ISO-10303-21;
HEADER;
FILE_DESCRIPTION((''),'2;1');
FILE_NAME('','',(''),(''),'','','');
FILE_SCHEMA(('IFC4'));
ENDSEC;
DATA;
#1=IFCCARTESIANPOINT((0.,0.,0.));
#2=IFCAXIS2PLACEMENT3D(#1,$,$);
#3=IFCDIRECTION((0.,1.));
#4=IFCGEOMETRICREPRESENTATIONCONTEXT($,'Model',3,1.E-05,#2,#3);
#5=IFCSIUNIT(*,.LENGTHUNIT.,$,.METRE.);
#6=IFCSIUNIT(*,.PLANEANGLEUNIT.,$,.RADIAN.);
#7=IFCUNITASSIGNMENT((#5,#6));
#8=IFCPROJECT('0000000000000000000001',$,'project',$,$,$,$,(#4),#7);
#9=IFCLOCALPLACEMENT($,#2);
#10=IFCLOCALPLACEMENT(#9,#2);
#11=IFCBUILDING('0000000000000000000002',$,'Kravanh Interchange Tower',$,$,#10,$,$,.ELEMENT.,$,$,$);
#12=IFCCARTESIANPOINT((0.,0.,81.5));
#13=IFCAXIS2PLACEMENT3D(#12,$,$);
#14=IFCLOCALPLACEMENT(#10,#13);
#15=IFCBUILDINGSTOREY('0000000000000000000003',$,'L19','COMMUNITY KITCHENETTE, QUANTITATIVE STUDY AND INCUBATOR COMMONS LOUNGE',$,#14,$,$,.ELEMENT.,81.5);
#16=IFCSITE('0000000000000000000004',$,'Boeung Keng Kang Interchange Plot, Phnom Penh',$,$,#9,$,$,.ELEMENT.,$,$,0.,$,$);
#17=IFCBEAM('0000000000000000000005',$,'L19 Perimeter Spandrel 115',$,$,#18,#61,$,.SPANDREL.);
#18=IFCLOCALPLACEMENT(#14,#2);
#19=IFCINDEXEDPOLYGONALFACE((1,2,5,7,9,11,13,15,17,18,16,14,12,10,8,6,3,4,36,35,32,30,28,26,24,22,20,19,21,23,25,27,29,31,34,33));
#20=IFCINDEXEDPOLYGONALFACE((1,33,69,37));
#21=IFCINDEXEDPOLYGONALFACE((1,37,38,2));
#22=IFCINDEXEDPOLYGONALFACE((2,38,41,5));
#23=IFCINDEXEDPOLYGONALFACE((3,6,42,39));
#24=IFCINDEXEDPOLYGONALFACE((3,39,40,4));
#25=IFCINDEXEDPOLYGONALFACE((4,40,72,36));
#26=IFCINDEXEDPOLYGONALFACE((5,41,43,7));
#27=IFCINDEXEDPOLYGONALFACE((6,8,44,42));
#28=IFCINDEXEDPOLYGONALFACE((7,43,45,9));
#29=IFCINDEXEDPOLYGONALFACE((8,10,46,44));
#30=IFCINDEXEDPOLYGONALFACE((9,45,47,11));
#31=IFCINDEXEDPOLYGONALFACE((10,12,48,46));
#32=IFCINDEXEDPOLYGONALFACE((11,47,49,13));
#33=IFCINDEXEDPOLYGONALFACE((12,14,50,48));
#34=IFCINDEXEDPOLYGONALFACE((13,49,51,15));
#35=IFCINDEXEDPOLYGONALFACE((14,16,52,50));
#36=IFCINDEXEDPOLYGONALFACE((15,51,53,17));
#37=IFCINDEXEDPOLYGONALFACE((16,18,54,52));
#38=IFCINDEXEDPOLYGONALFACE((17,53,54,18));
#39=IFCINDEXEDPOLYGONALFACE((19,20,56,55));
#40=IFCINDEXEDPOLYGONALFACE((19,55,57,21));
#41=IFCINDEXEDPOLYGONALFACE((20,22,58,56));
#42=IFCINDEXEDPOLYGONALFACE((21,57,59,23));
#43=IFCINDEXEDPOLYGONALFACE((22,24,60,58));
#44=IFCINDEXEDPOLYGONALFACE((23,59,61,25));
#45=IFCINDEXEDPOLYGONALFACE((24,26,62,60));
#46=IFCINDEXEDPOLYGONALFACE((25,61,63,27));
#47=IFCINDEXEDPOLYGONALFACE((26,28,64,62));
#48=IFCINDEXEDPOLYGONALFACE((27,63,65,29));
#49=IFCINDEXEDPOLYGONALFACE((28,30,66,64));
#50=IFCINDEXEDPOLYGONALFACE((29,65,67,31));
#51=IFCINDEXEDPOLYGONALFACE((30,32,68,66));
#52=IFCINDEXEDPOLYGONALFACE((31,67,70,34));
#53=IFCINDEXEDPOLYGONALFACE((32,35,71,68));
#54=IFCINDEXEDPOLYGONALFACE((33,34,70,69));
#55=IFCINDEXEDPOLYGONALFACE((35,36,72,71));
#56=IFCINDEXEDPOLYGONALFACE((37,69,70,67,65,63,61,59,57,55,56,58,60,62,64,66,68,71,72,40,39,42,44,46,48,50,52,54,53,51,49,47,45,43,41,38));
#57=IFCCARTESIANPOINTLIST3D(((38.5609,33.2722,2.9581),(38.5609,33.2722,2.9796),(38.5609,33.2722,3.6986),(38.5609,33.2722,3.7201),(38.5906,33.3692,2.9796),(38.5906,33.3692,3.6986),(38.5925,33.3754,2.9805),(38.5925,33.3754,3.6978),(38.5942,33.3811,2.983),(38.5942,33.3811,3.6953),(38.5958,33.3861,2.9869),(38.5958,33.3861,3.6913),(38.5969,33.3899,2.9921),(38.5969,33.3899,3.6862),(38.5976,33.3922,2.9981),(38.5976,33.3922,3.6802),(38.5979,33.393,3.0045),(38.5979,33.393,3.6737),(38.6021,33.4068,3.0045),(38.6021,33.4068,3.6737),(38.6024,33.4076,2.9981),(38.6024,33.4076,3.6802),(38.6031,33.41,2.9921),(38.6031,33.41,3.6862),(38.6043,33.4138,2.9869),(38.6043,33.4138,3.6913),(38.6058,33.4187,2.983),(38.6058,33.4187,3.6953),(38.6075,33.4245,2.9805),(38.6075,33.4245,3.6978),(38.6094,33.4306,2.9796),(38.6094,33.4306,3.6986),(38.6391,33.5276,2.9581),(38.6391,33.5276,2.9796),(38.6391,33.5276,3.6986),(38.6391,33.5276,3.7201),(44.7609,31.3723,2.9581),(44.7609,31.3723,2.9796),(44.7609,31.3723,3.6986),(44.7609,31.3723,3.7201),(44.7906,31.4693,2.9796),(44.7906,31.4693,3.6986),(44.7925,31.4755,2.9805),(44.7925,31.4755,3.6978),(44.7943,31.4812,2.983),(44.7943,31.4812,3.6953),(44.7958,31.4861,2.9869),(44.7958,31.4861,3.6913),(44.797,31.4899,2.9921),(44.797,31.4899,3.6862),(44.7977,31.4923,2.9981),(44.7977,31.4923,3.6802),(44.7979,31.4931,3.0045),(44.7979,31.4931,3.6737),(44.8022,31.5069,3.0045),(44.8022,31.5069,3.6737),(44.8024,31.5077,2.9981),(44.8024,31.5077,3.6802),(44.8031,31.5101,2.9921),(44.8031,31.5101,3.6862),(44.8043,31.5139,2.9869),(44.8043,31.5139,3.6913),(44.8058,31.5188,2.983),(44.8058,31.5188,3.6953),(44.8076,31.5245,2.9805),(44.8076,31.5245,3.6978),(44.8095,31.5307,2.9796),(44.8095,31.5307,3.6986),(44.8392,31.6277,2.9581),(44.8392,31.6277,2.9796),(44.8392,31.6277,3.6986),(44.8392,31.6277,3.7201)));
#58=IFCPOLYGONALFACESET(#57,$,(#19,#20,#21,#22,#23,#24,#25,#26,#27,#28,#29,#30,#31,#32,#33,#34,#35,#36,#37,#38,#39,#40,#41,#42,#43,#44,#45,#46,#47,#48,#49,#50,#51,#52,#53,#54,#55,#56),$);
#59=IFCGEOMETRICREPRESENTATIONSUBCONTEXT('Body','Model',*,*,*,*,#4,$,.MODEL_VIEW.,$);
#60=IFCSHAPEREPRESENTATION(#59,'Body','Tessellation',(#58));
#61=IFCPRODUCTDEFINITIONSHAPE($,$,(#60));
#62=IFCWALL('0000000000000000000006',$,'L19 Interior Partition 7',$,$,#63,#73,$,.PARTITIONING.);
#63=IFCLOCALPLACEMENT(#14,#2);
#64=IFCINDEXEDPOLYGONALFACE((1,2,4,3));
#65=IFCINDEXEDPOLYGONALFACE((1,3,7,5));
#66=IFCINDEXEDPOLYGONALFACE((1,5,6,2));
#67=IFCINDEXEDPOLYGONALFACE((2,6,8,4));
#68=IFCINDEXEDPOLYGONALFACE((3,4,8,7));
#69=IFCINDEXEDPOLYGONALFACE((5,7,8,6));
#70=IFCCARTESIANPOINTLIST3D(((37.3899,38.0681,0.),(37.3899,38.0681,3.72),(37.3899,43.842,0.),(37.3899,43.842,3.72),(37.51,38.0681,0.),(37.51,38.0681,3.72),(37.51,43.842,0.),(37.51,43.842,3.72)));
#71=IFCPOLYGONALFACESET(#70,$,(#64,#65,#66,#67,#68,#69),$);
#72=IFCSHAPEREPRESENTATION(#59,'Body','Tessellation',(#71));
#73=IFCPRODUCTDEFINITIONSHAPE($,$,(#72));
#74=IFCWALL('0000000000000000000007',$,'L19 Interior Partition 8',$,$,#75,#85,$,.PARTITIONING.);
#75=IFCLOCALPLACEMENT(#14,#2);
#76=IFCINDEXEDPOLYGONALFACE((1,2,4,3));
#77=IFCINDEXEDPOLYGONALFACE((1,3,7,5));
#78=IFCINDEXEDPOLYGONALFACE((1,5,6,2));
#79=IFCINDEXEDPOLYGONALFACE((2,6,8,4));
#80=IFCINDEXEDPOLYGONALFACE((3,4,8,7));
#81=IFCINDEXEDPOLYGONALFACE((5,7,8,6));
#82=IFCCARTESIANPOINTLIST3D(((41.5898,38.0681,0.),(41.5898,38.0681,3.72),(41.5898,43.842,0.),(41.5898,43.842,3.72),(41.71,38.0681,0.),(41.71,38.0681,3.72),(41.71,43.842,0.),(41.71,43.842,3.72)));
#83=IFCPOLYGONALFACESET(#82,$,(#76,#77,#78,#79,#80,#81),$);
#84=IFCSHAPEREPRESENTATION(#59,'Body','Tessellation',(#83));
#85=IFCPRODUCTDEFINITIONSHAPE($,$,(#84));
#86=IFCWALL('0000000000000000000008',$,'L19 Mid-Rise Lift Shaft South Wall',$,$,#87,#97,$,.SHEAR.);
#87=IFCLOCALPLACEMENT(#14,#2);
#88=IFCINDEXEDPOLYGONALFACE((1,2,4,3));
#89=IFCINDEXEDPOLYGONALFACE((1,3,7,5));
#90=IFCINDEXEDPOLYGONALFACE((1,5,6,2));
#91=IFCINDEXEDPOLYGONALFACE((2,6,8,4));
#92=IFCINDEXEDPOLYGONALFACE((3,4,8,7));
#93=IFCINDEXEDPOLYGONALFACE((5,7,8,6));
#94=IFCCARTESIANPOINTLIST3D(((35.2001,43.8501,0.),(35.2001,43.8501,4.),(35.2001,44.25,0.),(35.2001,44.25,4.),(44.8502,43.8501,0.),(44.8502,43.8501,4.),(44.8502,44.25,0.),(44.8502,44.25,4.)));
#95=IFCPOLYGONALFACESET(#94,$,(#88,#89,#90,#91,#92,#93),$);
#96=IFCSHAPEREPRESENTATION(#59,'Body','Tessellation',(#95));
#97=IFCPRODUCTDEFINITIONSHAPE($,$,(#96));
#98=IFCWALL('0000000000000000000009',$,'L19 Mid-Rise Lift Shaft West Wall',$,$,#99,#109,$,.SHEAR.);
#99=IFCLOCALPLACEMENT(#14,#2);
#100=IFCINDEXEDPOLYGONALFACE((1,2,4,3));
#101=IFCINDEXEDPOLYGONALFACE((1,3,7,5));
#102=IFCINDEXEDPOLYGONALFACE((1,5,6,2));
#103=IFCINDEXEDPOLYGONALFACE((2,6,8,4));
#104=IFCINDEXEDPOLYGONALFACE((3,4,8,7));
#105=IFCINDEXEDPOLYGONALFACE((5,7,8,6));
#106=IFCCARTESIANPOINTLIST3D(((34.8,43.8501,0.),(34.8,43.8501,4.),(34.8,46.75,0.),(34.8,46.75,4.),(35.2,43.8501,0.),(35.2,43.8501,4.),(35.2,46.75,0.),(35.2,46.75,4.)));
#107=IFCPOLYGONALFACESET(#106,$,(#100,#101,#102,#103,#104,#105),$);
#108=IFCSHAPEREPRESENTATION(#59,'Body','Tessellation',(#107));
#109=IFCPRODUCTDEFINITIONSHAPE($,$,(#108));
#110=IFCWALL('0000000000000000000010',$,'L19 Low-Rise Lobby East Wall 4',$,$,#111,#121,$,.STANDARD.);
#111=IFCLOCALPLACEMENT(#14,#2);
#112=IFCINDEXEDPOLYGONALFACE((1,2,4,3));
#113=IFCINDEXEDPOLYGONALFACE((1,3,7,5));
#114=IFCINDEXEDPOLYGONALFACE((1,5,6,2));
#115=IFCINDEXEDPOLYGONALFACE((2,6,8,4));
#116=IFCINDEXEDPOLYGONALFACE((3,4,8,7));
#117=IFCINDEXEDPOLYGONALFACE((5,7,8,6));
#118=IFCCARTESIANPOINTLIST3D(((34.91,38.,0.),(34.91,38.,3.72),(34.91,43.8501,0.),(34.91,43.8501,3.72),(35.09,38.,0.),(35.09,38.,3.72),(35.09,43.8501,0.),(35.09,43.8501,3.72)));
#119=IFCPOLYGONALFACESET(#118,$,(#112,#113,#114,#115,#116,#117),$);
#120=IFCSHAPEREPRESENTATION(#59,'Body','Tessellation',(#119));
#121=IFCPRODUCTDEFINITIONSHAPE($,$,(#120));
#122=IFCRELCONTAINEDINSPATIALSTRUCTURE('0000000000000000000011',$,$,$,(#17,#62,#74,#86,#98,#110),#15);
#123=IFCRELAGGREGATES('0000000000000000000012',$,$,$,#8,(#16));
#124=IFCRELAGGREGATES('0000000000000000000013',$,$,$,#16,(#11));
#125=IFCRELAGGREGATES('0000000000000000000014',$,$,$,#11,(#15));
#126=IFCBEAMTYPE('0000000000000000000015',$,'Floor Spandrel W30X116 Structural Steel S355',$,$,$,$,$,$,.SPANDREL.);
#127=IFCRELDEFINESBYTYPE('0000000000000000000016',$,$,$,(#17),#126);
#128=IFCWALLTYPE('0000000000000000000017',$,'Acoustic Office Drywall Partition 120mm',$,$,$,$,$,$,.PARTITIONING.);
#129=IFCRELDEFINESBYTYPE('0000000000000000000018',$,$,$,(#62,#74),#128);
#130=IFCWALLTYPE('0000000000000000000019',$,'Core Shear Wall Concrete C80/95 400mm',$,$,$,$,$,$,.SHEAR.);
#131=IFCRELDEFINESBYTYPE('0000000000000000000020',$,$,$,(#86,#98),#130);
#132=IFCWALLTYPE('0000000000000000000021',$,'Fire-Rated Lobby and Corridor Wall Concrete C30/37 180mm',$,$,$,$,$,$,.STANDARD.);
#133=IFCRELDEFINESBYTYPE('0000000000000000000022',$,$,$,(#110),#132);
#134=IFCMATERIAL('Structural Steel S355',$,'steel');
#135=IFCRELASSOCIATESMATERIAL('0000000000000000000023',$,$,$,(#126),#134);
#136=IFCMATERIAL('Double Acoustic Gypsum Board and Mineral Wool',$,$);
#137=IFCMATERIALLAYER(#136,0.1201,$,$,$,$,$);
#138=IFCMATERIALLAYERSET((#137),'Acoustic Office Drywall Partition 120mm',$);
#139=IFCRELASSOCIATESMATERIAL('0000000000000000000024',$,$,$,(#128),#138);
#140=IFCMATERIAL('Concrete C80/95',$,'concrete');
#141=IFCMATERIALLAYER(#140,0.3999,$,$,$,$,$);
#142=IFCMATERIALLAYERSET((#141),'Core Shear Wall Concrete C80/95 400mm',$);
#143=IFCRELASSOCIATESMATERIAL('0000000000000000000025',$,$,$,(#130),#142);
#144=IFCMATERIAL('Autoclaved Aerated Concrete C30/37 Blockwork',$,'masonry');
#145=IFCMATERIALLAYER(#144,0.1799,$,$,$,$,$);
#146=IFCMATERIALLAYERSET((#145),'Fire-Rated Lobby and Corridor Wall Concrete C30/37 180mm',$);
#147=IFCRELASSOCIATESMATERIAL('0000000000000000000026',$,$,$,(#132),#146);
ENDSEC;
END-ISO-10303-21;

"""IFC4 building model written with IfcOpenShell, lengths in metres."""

from ifc_helpers import new_model, si_unit, direction, frame, frame_2d, origin, origin_2d, place, context, subcontext, project, spatial, rectangle, i_section, extrude, material, layer, layer_set, material_profile, profile_set, type_object, element, save


model = new_model("IFC4")

# Units and contexts
model_context = context("Model", 3, precision=1e-05, world=origin(), true_north=direction((0.0, 1.0)))
body_context = subcontext(model_context, "Body", "Model", "MODEL_VIEW")
ifc_project = project(units=[si_unit("LENGTHUNIT", "METRE"), si_unit("PLANEANGLEUNIT", "RADIAN")], contexts=[model_context])

# Site, building, storey
site_placement = place(None, origin())
site = spatial("IfcSite", under=ifc_project, at=site_placement, Name="Boeung Keng Kang Interchange Plot, Phnom Penh", CompositionType="ELEMENT", RefElevation=0.0)
building_placement = place(site_placement, origin())
building = spatial("IfcBuilding", under=site, at=building_placement, Name="Kravanh Interchange Tower", CompositionType="ELEMENT")
storey_placement = place(building_placement, frame((0.0, 0.0, 81.5)))
storey = spatial("IfcBuildingStorey", under=building, at=storey_placement, Name="L19", Description="COMMUNITY KITCHENETTE, QUANTITATIVE STUDY AND INCUBATOR COMMONS LOUNGE", CompositionType="ELEMENT", Elevation=81.5)

# Beam
ifc_material_1 = material(Name="Structural Steel S355", Category="steel")
ifc_material_profile_1 = material_profile(ifc_material_1, i_section(OverallWidth=0.2671, OverallDepth=0.762, WebThickness=0.0144, FlangeThickness=0.0215, FilletRadius=0.0249, at=origin_2d()), Name="W30X116")
ifc_profile_set_1 = profile_set([ifc_material_profile_1], Name="Structural Steel S355")
beam_type_1 = type_object("IfcBeamType", Name="Floor Spandrel W30X116 Structural Steel S355", PredefinedType="SPANDREL", material=ifc_profile_set_1)
beam_1_placement = place(storey_placement, frame((44.8, 31.5, 3.3391), z_axis=(-0.956115, 0.29299, 0.0), x_axis=(-0.29299, -0.956115, 0.0)))
element("IfcBeam", 1, at=beam_1_placement, inside=storey, type_object=beam_type_1, Name="L19 Perimeter Spandrel 115", PredefinedType="SPANDREL", context=body_context, shape_type="SweptSolid", body=[
    extrude(i_section(OverallWidth=0.2671, OverallDepth=0.762, WebThickness=0.0144, FlangeThickness=0.0215, FilletRadius=0.0249, at=origin_2d()), origin(), (0.0, 0.0, 1.0), 6.4846),
])

# Walls
ifc_material_2 = material(Name="Double Acoustic Gypsum Board and Mineral Wool")
ifc_layer_1 = layer(ifc_material_2, 0.1201)
ifc_layer_set_1 = layer_set([ifc_layer_1], Name="Acoustic Office Drywall Partition 120mm")
wall_type_1 = type_object("IfcWallType", Name="Acoustic Office Drywall Partition 120mm", PredefinedType="PARTITIONING", material=ifc_layer_set_1)
for number, where, z_axis, x_axis, name in (
    (2, (37.45, 38.0681, 0.0), (0.0, 0.0, 1.0), (0.0, 1.0, 0.0), "L19 Interior Partition 7"),
    (3, (41.6499, 38.0681, 0.0), (0.0, 0.0, 1.0), (0.0, 1.0, 0.0), "L19 Interior Partition 8"),
):
    element("IfcWall", number, at=place(storey_placement, frame(where, z_axis=z_axis, x_axis=x_axis)), inside=storey, type_object=wall_type_1, Name=name, PredefinedType="PARTITIONING", context=body_context, shape_type="SweptSolid", body=[
        extrude(rectangle(XDim=5.7739, YDim=0.1201, at=frame_2d((2.887, 0.0))), origin(), (0.0, 0.0, 1.0), 3.72),
    ])
ifc_material_3 = material(Name="Concrete C80/95", Category="concrete")
ifc_layer_2 = layer(ifc_material_3, 0.3999)
ifc_layer_set_2 = layer_set([ifc_layer_2], Name="Core Shear Wall Concrete C80/95 400mm")
wall_type_2 = type_object("IfcWallType", Name="Core Shear Wall Concrete C80/95 400mm", PredefinedType="SHEAR", material=ifc_layer_set_2)
wall_1_placement = place(storey_placement, frame((35.2, 44.05, 0.0), z_axis=(0.0, 0.0, 1.0), x_axis=(1.0, 0.0, 0.0)))
element("IfcWall", 4, at=wall_1_placement, inside=storey, type_object=wall_type_2, Name="L19 Mid-Rise Lift Shaft South Wall", PredefinedType="SHEAR", context=body_context, shape_type="SweptSolid", body=[
    extrude(rectangle(XDim=9.6501, YDim=0.3999, at=frame_2d((4.8252, 0.0))), origin(), (0.0, 0.0, 1.0), 4.0),
])
wall_2_placement = place(storey_placement, frame((35.0, 43.8501, 0.0), z_axis=(0.0, 0.0, 1.0), x_axis=(0.0, 1.0, 0.0)))
element("IfcWall", 5, at=wall_2_placement, inside=storey, type_object=wall_type_2, Name="L19 Mid-Rise Lift Shaft West Wall", PredefinedType="SHEAR", context=body_context, shape_type="SweptSolid", body=[
    extrude(rectangle(XDim=2.8999, YDim=0.3999, at=frame_2d((1.45, 0.0))), origin(), (0.0, 0.0, 1.0), 4.0),
])
ifc_material_4 = material(Name="Autoclaved Aerated Concrete C30/37 Blockwork", Category="masonry")
ifc_layer_3 = layer(ifc_material_4, 0.1799)
ifc_layer_set_3 = layer_set([ifc_layer_3], Name="Fire-Rated Lobby and Corridor Wall Concrete C30/37 180mm")
wall_type_3 = type_object("IfcWallType", Name="Fire-Rated Lobby and Corridor Wall Concrete C30/37 180mm", PredefinedType="STANDARD", material=ifc_layer_set_3)
wall_3_placement = place(storey_placement, frame((35.0, 38.0, 0.0), z_axis=(0.0, 0.0, 1.0), x_axis=(0.0, 1.0, 0.0)))
element("IfcWall", 6, at=wall_3_placement, inside=storey, type_object=wall_type_3, Name="L19 Low-Rise Lobby East Wall 4", PredefinedType="STANDARD", context=body_context, shape_type="SweptSolid", body=[
    extrude(rectangle(XDim=5.8501, YDim=0.1799, at=frame_2d((2.925, 0.0))), origin(), (0.0, 0.0, 1.0), 3.72),
])

save(model, "model.ifc")
